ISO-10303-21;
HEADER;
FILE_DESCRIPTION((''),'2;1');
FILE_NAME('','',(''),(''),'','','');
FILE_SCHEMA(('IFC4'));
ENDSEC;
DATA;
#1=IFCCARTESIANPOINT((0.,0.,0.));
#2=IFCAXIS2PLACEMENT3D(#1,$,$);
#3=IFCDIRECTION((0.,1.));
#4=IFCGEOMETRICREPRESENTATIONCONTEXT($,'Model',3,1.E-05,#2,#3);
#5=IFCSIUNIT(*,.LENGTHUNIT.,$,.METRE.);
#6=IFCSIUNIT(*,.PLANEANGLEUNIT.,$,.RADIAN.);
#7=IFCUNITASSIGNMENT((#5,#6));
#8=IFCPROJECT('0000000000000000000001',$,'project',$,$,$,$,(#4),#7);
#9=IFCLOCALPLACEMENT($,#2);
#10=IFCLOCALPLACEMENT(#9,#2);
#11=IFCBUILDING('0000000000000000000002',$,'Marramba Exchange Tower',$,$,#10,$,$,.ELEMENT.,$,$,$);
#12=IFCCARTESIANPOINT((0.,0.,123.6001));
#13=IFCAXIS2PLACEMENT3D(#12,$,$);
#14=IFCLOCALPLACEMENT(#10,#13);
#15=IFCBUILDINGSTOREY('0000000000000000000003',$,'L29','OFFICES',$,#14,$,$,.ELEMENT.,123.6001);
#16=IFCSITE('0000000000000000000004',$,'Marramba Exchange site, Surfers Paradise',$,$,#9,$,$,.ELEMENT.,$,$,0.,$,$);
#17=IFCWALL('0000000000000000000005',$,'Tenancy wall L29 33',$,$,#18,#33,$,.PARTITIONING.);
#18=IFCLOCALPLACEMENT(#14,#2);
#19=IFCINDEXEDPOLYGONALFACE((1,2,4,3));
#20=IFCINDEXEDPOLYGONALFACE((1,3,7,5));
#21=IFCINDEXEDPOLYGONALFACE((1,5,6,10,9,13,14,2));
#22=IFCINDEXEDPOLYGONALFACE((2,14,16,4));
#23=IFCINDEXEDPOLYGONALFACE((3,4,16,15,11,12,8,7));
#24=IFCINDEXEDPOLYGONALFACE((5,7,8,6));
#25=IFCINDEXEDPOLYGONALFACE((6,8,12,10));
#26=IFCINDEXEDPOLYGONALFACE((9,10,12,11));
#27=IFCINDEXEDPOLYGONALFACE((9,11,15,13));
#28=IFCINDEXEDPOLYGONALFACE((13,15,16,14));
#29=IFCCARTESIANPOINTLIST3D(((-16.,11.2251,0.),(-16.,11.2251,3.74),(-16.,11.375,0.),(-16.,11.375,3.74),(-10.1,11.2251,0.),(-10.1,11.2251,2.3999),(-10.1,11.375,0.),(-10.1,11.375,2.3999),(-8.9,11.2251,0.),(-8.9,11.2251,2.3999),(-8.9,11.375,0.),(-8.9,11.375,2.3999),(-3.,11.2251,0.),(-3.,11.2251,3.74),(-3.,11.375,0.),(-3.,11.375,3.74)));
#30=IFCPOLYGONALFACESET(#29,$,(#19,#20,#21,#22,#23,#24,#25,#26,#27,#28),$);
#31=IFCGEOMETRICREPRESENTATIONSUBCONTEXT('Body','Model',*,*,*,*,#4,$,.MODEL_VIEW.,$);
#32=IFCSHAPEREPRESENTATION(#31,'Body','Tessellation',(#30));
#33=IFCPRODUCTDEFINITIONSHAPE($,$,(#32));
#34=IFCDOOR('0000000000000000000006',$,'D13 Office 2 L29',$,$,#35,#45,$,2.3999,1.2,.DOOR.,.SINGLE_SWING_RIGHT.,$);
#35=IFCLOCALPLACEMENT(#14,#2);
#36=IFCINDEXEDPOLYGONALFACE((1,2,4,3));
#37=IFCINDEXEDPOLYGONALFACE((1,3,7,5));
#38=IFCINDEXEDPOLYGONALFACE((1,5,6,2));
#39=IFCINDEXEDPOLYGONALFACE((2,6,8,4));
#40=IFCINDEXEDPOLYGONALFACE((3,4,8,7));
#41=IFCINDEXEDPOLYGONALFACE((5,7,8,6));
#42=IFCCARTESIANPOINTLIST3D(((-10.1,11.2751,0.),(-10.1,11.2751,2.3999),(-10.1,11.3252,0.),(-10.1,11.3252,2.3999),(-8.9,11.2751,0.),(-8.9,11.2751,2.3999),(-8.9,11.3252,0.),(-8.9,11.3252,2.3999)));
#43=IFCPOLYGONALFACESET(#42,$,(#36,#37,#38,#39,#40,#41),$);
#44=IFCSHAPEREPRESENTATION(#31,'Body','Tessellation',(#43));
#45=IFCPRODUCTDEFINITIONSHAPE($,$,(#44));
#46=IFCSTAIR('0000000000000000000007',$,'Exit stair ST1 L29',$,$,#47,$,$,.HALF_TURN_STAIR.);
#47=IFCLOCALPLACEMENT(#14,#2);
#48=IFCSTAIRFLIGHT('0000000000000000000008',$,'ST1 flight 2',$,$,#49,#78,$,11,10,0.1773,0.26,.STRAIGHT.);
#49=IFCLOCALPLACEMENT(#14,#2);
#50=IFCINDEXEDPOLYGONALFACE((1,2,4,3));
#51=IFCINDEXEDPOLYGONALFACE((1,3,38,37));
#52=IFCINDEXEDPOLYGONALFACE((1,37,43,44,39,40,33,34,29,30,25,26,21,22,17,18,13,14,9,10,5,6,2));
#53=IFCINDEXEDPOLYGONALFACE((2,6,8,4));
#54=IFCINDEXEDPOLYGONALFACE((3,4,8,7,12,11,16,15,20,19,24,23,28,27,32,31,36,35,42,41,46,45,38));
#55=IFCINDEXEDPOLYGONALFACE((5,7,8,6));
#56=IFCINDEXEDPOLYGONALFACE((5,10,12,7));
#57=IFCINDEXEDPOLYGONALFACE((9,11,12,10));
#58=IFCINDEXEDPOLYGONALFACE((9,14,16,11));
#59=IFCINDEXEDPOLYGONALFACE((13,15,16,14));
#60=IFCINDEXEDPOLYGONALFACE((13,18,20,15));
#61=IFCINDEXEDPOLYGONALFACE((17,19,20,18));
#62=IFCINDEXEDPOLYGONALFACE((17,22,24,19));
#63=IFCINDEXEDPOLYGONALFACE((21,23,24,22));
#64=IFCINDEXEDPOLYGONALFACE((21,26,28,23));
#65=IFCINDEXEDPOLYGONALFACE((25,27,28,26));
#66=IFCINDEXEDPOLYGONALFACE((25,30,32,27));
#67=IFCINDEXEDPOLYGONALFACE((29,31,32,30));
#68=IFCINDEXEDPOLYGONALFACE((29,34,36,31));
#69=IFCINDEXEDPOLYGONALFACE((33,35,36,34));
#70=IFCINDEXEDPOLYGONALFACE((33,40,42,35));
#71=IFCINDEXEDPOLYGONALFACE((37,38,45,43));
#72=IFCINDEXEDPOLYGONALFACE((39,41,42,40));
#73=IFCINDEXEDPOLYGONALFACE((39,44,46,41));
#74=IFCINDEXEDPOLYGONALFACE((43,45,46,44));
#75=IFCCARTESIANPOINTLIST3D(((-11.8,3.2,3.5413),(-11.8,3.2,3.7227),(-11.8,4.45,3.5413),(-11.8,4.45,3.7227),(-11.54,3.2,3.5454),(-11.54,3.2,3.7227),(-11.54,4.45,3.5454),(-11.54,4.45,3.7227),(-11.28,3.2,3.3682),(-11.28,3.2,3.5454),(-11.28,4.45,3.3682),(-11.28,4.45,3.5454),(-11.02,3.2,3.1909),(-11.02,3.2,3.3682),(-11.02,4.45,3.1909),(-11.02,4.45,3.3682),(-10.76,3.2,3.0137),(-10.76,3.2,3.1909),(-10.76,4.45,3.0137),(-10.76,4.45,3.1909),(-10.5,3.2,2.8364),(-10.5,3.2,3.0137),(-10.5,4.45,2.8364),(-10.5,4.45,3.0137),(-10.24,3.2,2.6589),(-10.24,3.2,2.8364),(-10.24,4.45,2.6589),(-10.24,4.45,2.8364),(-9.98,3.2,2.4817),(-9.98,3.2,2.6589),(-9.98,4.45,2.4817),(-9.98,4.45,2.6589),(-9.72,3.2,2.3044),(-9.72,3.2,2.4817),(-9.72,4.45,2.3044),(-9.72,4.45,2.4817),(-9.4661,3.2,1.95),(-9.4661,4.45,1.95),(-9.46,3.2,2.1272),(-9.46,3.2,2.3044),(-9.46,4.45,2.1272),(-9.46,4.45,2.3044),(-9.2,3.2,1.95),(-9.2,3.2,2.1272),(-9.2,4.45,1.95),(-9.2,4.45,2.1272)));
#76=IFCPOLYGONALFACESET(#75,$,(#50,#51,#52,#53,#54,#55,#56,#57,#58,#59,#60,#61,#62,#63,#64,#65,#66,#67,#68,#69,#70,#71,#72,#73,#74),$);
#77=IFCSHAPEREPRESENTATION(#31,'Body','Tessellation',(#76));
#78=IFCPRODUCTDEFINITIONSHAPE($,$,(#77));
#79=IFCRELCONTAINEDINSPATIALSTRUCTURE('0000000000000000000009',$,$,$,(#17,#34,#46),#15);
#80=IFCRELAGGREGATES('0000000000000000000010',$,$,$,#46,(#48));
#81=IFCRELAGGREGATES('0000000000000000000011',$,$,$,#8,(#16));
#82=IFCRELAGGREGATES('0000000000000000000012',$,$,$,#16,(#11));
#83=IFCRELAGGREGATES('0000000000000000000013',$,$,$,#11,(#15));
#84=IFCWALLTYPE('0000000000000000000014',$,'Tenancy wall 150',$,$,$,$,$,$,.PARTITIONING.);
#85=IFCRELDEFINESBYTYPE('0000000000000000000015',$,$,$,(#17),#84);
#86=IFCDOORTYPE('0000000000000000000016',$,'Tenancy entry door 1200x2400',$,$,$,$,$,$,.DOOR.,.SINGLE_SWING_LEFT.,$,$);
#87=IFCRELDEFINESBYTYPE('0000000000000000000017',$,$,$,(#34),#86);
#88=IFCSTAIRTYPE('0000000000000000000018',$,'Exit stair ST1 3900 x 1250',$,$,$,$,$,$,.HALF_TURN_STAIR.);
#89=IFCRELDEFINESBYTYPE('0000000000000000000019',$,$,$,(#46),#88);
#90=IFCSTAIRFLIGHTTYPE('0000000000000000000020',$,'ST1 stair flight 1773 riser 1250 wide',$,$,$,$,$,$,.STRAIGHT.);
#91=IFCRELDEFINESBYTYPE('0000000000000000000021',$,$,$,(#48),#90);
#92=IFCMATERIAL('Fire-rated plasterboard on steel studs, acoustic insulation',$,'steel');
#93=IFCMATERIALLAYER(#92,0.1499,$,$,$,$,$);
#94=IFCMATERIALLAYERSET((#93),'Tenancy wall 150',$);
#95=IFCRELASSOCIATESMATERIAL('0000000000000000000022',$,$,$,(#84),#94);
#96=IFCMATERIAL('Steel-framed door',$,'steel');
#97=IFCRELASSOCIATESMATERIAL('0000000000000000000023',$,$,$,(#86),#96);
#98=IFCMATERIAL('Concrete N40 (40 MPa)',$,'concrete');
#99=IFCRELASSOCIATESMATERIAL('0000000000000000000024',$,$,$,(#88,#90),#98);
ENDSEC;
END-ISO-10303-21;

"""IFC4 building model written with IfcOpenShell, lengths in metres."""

from ifc_helpers import new_model, si_unit, direction, frame, frame_2d, origin, place, context, subcontext, project, spatial, polyline, rectangle, outline, extrude, material, layer, layer_set, type_object, element, fill, aggregate, save


model = new_model("IFC4")

# Units and contexts
model_context = context("Model", 3, precision=1e-05, world=origin(), true_north=direction((0.0, 1.0)))
body_context = subcontext(model_context, "Body", "Model", "MODEL_VIEW")
ifc_project = project(units=[si_unit("LENGTHUNIT", "METRE"), si_unit("PLANEANGLEUNIT", "RADIAN")], contexts=[model_context])

# Site, building, storey
site_placement = place(None, origin())
site = spatial("IfcSite", under=ifc_project, at=site_placement, Name="Marramba Exchange site, Surfers Paradise", CompositionType="ELEMENT", RefElevation=0.0)
building_placement = place(site_placement, origin())
building = spatial("IfcBuilding", under=site, at=building_placement, Name="Marramba Exchange Tower", CompositionType="ELEMENT")
storey_placement = place(building_placement, frame((0.0, 0.0, 123.6001)))
storey = spatial("IfcBuildingStorey", under=building, at=storey_placement, Name="L29", Description="OFFICES", CompositionType="ELEMENT", Elevation=123.6001)

# Wall, opening, door
ifc_material_1 = material(Name="Fire-rated plasterboard on steel studs, acoustic insulation", Category="steel")
ifc_layer_1 = layer(ifc_material_1, 0.1499)
ifc_layer_set_1 = layer_set([ifc_layer_1], Name="Tenancy wall 150")
wall_type_1 = type_object("IfcWallType", Name="Tenancy wall 150", PredefinedType="PARTITIONING", material=ifc_layer_set_1)
wall_1_placement = place(storey_placement, frame((-3.0, 11.3, 0.0), z_axis=(0.0, 0.0, 1.0), x_axis=(-1.0, 0.0, 0.0)))
wall_1 = element("IfcWall", 1, at=wall_1_placement, inside=storey, type_object=wall_type_1, Name="Tenancy wall L29 33", PredefinedType="PARTITIONING", context=body_context, shape_type="SweptSolid", body=[
    extrude(rectangle(XDim=13.0, YDim=0.1499, at=frame_2d((6.5, 0.0))), origin(), (0.0, 0.0, 1.0), 3.74),
])
opening_1_placement = place(wall_1_placement, frame((5.8999, 0.0, 0.0)))
opening_1 = element("IfcOpeningElement", 2, at=opening_1_placement, cuts=wall_1, PredefinedType="OPENING", context=body_context, shape_type="SweptSolid", body=[
    extrude(rectangle(XDim=1.2, YDim=2.3999, at=frame_2d((0.6001, 1.2))), frame((0.0, 0.085, 0.0), z_axis=(0.0, -1.0, 0.0), x_axis=(1.0, 0.0, 0.0)), (0.0, 0.0, 1.0), 0.1699),
])
ifc_material_2 = material(Name="Steel-framed door", Category="steel")
door_type_1 = type_object("IfcDoorType", Name="Tenancy entry door 1200x2400", OperationType="SINGLE_SWING_LEFT", PredefinedType="DOOR", material=ifc_material_2)
door_1_placement = place(opening_1_placement, origin())
door_1 = element("IfcDoor", 3, at=door_1_placement, inside=storey, type_object=door_type_1, Name="D13 Office 2 L29", OperationType="SINGLE_SWING_RIGHT", OverallHeight=2.3999, OverallWidth=1.2, PredefinedType="DOOR", context=body_context, shape_type="SweptSolid", body=[
    extrude(rectangle(XDim=1.2, YDim=2.3999, at=frame_2d((0.6001, 1.2))), frame((0.0, 0.0249, 0.0), z_axis=(0.0, -1.0, 0.0), x_axis=(1.0, 0.0, 0.0)), (0.0, 0.0, 1.0), 0.05),
])
fill(opening_1, door_1)

# Stair, stair flight
ifc_material_3 = material(Name="Concrete N40 (40 MPa)", Category="concrete")
stair_type = type_object("IfcStairType", Name="Exit stair ST1 3900 x 1250", PredefinedType="HALF_TURN_STAIR", material=ifc_material_3)
stair_placement = place(storey_placement, origin())
stair = element("IfcStair", 4, at=stair_placement, inside=storey, type_object=stair_type, Name="Exit stair ST1 L29", PredefinedType="HALF_TURN_STAIR")
stair_flight_type = type_object("IfcStairFlightType", Name="ST1 stair flight 1773 riser 1250 wide", PredefinedType="STRAIGHT", material=ifc_material_3)
stair_flight_placement = place(storey_placement, frame((-9.2, 3.825, 1.95), z_axis=(0.0, 0.0, 1.0), x_axis=(-1.0, 0.0, 0.0)))
stair_flight = element("IfcStairFlight", 5, at=stair_flight_placement, type_object=stair_flight_type, Name="ST1 flight 2", NumberOfRisers=11, NumberOfTreads=10, PredefinedType="STRAIGHT", RiserHeight=0.1773, TreadLength=0.26, context=body_context, shape_type="SweptSolid", body=[
    extrude(outline(polyline([(0.0, 0.0), (0.0, 0.1772), (0.26, 0.1772), (0.26, 0.3545), (0.52, 0.3545), (0.52, 0.5317), (0.78, 0.5317), (0.78, 0.709), (1.04, 0.709), (1.04, 0.8865), (1.3, 0.8865), (1.3, 1.0637), (1.5601, 1.0637), (1.5601, 1.241), (1.8201, 1.241), (1.8201, 1.4182), (2.0801, 1.4182), (2.0801, 1.5955), (2.3401, 1.5955), (2.3401, 1.7727), (2.6001, 1.7727), (2.6001, 1.95), (2.6001, 1.5913), (0.2661, 0.0), (0.0, 0.0)])), frame((0.0, 0.625, 0.0), z_axis=(0.0, -1.0, 0.0), x_axis=(1.0, 0.0, 0.0)), (0.0, 0.0, 1.0), 1.25),
])
aggregate(stair, [stair_flight])

save(model, "model.ifc")
